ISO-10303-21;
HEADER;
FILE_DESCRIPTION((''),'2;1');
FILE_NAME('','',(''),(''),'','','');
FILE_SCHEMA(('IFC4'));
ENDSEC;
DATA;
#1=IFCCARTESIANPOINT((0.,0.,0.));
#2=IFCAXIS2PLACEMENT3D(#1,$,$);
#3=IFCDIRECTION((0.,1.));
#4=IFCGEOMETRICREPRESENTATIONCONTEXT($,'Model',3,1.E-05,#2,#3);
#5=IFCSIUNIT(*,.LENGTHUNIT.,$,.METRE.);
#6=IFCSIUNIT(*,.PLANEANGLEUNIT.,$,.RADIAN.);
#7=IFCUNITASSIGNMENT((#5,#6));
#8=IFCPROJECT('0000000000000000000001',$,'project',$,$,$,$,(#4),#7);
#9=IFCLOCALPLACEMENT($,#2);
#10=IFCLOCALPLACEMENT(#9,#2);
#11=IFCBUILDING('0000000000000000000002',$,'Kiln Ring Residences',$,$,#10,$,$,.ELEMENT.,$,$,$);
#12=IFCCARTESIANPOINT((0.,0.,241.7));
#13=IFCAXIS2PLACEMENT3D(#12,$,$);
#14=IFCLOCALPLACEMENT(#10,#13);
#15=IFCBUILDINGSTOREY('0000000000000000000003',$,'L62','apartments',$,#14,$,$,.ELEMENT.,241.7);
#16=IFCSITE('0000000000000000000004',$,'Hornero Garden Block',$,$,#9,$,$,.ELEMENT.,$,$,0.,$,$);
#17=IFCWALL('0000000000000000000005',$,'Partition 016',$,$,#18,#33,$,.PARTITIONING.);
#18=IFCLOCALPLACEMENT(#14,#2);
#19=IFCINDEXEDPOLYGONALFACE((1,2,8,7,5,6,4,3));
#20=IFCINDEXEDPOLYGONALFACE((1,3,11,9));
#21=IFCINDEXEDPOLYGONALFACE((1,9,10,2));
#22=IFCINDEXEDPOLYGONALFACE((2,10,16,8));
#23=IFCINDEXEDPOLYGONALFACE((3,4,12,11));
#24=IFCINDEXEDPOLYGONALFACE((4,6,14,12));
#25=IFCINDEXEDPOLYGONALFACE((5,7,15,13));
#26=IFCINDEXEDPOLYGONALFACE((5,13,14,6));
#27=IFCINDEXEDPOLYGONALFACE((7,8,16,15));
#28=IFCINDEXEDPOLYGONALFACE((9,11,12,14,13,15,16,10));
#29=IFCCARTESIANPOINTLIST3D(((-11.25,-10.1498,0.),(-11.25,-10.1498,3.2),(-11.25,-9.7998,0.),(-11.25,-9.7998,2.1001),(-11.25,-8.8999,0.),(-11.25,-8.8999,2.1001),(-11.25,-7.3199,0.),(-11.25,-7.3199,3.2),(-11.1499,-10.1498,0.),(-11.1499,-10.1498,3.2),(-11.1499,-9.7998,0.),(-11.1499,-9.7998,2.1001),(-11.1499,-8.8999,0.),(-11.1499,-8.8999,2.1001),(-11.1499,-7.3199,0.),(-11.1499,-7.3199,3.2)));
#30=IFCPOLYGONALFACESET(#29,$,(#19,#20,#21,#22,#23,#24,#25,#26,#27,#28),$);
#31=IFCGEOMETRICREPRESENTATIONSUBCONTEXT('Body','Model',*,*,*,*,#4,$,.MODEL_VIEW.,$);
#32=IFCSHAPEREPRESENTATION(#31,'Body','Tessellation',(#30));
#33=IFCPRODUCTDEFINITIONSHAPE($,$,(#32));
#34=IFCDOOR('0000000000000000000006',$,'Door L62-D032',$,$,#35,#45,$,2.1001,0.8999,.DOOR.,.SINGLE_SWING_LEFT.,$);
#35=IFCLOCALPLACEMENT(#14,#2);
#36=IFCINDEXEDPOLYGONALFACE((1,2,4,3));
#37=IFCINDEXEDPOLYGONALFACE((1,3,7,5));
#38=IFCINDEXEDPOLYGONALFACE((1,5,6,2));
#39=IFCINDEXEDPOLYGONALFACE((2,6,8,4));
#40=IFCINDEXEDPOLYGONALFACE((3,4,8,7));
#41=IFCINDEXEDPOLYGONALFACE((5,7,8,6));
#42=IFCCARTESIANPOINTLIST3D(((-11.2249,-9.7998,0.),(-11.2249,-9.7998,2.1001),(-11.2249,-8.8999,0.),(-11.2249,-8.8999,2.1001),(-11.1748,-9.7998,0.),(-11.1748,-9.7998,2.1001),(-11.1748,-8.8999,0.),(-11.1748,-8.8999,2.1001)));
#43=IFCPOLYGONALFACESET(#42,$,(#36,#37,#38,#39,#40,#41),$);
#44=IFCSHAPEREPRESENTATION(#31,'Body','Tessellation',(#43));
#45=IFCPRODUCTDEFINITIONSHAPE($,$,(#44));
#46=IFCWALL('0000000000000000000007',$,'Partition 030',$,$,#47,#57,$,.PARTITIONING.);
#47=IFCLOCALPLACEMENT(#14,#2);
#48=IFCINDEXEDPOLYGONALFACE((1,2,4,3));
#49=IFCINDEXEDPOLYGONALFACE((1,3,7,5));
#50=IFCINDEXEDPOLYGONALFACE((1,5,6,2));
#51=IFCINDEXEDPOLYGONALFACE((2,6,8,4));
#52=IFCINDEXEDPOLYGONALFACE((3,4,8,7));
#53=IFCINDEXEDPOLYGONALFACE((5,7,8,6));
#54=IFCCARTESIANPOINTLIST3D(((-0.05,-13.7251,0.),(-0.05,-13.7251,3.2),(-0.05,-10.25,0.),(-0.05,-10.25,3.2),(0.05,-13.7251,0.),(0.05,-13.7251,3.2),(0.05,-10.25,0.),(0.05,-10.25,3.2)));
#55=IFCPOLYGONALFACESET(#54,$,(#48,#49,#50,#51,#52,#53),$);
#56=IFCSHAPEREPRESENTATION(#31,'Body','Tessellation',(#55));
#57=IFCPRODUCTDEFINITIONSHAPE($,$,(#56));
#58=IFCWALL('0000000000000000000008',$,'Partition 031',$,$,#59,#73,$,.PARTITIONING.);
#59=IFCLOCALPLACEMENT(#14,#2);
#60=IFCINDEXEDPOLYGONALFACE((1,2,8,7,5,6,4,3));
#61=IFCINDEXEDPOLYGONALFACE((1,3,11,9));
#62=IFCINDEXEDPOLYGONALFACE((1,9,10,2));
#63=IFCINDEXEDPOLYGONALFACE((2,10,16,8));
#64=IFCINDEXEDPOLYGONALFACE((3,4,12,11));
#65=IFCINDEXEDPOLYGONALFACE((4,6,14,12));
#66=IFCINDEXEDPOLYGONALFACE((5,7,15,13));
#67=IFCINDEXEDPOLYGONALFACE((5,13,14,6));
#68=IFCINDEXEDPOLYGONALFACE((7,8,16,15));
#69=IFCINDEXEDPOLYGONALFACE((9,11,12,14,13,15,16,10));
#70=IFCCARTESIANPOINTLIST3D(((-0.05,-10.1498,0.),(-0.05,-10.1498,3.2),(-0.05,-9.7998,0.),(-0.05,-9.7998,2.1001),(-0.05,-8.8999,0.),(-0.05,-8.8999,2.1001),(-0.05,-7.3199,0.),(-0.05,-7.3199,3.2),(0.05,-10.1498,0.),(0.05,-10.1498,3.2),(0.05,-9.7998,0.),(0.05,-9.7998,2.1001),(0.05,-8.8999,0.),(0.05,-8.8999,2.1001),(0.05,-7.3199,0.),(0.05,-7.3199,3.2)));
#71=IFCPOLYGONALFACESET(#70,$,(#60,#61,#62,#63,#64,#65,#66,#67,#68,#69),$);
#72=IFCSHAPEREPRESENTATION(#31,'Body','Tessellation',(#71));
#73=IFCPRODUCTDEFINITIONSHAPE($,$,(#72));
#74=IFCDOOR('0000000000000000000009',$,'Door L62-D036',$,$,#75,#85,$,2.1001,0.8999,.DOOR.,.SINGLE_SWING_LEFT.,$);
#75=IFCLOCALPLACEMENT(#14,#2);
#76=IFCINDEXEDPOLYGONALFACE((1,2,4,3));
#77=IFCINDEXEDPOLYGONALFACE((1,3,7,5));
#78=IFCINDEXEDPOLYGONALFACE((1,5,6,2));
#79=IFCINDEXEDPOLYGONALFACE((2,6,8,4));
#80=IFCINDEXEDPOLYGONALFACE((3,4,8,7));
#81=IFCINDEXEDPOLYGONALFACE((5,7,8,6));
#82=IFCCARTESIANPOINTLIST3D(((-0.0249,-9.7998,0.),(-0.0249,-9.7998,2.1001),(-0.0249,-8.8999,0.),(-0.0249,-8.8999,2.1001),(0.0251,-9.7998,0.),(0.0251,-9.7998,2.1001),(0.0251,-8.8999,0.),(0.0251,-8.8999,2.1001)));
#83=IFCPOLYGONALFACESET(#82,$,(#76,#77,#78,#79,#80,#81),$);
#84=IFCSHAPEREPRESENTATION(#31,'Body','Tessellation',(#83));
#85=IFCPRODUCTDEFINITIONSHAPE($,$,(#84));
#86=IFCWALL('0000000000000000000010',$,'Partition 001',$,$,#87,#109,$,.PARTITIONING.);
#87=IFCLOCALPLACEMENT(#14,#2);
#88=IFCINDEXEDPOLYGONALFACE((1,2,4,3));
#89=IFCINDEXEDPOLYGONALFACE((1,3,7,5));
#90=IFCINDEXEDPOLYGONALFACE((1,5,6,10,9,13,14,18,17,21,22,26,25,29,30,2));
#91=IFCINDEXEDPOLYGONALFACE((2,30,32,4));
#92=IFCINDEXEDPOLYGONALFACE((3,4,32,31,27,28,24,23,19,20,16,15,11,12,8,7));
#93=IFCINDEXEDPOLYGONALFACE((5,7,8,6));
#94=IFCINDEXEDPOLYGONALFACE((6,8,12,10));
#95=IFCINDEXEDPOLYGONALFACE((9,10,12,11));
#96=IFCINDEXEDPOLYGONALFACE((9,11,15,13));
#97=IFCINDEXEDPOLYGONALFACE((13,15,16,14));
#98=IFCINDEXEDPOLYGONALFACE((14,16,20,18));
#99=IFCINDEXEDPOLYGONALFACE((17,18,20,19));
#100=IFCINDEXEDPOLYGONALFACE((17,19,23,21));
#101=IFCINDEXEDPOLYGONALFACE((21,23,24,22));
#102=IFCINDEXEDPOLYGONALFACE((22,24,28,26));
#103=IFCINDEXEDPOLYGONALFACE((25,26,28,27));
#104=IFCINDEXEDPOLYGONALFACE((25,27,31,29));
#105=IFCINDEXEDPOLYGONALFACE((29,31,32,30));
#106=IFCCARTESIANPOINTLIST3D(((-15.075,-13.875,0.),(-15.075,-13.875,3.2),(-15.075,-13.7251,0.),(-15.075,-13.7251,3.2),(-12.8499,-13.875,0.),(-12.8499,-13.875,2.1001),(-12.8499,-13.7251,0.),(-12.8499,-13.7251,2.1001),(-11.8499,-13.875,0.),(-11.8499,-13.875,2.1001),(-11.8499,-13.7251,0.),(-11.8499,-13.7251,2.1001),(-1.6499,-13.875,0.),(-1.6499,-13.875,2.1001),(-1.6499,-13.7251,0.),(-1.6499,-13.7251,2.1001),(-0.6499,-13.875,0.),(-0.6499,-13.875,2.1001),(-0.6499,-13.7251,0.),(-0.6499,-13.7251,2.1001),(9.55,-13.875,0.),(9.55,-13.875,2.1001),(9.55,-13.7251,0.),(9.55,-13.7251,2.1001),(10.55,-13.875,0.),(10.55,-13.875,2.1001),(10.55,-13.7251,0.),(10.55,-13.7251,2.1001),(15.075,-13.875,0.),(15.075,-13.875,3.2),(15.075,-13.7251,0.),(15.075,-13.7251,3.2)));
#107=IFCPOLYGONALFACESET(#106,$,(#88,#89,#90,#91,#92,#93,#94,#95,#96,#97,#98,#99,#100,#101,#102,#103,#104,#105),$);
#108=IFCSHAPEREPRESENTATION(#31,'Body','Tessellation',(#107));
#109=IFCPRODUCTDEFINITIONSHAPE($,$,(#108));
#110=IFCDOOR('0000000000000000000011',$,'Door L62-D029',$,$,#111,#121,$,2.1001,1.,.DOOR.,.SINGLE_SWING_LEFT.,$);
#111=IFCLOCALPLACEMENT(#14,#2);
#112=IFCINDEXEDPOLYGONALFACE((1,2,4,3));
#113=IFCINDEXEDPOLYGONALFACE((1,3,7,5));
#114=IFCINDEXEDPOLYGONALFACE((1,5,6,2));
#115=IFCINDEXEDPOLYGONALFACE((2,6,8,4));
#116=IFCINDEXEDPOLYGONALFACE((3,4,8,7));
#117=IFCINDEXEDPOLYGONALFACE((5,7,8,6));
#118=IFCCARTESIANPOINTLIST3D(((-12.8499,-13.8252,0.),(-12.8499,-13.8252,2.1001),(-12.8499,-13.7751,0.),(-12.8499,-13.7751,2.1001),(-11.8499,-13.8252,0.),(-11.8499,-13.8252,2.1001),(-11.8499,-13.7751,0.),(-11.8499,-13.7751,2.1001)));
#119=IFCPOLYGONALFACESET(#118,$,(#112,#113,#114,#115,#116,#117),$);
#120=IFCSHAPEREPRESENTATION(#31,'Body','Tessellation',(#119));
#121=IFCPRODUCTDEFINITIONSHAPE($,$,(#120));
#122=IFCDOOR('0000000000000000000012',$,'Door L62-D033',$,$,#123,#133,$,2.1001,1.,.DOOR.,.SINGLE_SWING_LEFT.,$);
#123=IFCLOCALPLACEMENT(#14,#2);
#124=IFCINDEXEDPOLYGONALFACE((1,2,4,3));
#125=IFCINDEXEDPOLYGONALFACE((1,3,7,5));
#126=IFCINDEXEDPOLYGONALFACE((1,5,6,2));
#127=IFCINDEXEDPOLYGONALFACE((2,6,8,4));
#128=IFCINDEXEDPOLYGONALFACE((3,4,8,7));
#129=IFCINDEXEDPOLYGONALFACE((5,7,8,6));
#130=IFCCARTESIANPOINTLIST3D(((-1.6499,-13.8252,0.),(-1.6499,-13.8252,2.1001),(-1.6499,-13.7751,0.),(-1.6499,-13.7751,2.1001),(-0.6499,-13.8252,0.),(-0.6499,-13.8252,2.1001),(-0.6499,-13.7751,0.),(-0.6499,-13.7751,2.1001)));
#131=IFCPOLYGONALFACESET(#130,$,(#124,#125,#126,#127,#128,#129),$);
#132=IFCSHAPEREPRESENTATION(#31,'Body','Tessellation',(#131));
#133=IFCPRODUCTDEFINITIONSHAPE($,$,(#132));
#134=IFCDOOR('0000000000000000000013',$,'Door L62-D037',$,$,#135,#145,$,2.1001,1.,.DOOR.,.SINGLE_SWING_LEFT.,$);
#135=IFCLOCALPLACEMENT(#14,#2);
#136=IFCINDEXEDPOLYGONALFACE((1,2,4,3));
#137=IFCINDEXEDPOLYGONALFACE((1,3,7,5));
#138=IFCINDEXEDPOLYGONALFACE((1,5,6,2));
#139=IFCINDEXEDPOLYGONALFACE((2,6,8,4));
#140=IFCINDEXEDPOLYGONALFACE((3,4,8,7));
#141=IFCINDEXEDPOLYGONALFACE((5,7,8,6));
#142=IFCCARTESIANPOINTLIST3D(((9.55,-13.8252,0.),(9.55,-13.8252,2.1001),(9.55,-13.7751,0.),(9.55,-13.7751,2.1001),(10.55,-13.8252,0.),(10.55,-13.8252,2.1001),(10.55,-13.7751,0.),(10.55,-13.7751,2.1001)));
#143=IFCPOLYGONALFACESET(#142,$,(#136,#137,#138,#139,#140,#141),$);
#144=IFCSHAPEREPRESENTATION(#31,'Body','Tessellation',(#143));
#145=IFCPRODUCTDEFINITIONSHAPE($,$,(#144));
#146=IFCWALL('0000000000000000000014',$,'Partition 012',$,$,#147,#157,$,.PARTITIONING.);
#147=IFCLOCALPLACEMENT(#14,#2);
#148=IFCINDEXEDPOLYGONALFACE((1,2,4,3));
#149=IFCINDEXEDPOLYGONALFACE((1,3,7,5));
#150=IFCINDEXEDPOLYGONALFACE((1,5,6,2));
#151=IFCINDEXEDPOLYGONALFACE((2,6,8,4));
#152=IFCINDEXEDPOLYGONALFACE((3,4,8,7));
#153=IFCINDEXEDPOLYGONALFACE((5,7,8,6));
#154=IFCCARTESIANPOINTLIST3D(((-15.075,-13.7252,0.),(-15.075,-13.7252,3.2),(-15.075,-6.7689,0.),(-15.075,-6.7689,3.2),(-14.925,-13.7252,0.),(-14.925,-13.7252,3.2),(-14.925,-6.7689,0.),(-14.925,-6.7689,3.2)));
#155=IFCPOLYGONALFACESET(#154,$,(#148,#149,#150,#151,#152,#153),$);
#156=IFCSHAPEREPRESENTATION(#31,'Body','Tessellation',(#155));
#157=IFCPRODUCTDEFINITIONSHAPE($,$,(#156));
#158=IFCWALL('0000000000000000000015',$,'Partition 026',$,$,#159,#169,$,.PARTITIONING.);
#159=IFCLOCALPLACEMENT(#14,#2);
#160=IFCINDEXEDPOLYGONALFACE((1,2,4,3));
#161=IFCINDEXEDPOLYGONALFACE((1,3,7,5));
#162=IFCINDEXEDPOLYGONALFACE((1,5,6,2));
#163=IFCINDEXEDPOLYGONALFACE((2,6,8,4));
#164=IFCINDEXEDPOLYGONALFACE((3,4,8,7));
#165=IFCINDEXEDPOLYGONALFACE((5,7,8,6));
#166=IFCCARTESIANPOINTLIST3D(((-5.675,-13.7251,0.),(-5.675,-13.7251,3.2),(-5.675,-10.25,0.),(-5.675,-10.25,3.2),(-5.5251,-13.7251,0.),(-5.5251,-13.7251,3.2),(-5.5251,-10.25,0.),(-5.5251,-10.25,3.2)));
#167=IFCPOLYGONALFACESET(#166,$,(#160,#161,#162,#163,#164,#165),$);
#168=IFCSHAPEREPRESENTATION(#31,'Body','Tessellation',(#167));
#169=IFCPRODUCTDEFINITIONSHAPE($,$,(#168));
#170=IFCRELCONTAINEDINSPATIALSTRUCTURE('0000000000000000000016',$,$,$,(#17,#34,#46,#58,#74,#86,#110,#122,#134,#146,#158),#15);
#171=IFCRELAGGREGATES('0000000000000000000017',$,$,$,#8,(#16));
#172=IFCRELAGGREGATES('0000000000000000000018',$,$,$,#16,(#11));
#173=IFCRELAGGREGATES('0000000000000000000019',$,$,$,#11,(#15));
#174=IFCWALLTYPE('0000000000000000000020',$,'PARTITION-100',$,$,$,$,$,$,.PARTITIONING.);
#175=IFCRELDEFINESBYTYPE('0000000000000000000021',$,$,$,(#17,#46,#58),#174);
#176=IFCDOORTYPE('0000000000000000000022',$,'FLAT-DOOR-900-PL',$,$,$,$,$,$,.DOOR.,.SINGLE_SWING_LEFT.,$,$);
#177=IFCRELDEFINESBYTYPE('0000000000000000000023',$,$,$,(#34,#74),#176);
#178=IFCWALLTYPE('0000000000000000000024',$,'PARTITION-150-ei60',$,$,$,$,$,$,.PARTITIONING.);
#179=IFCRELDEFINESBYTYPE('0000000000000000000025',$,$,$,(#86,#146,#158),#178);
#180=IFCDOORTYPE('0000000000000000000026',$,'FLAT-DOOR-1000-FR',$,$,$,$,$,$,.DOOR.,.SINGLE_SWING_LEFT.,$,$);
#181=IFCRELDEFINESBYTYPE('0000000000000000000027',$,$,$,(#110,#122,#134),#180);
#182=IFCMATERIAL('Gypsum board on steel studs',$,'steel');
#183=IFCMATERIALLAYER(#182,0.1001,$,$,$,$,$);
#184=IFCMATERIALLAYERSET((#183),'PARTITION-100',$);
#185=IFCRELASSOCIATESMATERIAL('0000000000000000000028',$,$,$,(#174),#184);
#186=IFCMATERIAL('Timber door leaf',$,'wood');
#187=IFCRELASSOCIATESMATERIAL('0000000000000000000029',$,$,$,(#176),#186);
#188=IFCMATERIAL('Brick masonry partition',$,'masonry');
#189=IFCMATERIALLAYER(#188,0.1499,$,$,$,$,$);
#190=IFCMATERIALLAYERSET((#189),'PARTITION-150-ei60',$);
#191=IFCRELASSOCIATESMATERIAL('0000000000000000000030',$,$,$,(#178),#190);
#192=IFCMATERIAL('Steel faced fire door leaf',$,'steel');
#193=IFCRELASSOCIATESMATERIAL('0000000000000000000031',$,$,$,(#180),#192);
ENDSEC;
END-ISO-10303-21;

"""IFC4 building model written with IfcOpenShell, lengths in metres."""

from ifc_helpers import new_model, si_unit, direction, frame, frame_2d, origin, place, context, subcontext, project, spatial, rectangle, extrude, material, layer, layer_set, type_object, element, fill, save


model = new_model("IFC4")

# Units and contexts
model_context = context("Model", 3, precision=1e-05, world=origin(), true_north=direction((0.0, 1.0)))
body_context = subcontext(model_context, "Body", "Model", "MODEL_VIEW")
ifc_project = project(units=[si_unit("LENGTHUNIT", "METRE"), si_unit("PLANEANGLEUNIT", "RADIAN")], contexts=[model_context])

# Site, building, storey
site_placement = place(None, origin())
site = spatial("IfcSite", under=ifc_project, at=site_placement, Name="Hornero Garden Block", CompositionType="ELEMENT", RefElevation=0.0)
building_placement = place(site_placement, origin())
building = spatial("IfcBuilding", under=site, at=building_placement, Name="Kiln Ring Residences", CompositionType="ELEMENT")
storey_placement = place(building_placement, frame((0.0, 0.0, 241.7)))
storey = spatial("IfcBuildingStorey", under=building, at=storey_placement, Name="L62", Description="apartments", CompositionType="ELEMENT", Elevation=241.7)

# Shared definitions
ifc_material_1 = material(Name="Gypsum board on steel studs", Category="steel")
ifc_layer_1 = layer(ifc_material_1, 0.1001)
ifc_layer_set_1 = layer_set([ifc_layer_1], Name="PARTITION-100")
wall_type_1 = type_object("IfcWallType", Name="PARTITION-100", PredefinedType="PARTITIONING", material=ifc_layer_set_1)
ifc_material_2 = material(Name="Timber door leaf", Category="wood")
door_type_1 = type_object("IfcDoorType", Name="FLAT-DOOR-900-PL", OperationType="SINGLE_SWING_LEFT", PredefinedType="DOOR", material=ifc_material_2)

# Wall, opening, door
wall_1_placement = place(storey_placement, frame((-11.2, -10.1499, 0.0), z_axis=(0.0, 0.0, 1.0), x_axis=(0.0, 1.0, 0.0)))
wall_1 = element("IfcWall", 1, at=wall_1_placement, inside=storey, type_object=wall_type_1, Name="Partition 016", PredefinedType="PARTITIONING", context=body_context, shape_type="SweptSolid", body=[
    extrude(rectangle(XDim=2.8298, YDim=0.1001, at=frame_2d((1.415, 0.0))), origin(), (0.0, 0.0, 1.0), 3.2),
])
opening_1_placement = place(wall_1_placement, frame((0.3501, 0.0, 0.0)))
opening_1 = element("IfcOpeningElement", 2, at=opening_1_placement, cuts=wall_1, PredefinedType="OPENING", context=body_context, shape_type="SweptSolid", body=[
    extrude(rectangle(XDim=0.8999, YDim=2.1001, at=frame_2d((0.45, 1.05))), frame((0.0, 0.0601, 0.0), z_axis=(0.0, -1.0, 0.0), x_axis=(1.0, 0.0, 0.0)), (0.0, 0.0, 1.0), 0.1201),
])
door_1_placement = place(opening_1_placement, origin())
door_1 = element("IfcDoor", 3, at=door_1_placement, inside=storey, type_object=door_type_1, Name="Door L62-D032", OperationType="SINGLE_SWING_LEFT", OverallHeight=2.1001, OverallWidth=0.8999, PredefinedType="DOOR", context=body_context, shape_type="SweptSolid", body=[
    extrude(rectangle(XDim=0.8999, YDim=2.1001, at=frame_2d((0.45, 1.05))), frame((0.0, 0.0249, 0.0), z_axis=(0.0, -1.0, 0.0), x_axis=(1.0, 0.0, 0.0)), (0.0, 0.0, 1.0), 0.05),
])
fill(opening_1, door_1)

# Wall
wall_2_placement = place(storey_placement, frame((0.0, -13.7251, 0.0), z_axis=(0.0, 0.0, 1.0), x_axis=(0.0, 1.0, 0.0)))
element("IfcWall", 4, at=wall_2_placement, inside=storey, type_object=wall_type_1, Name="Partition 030", PredefinedType="PARTITIONING", context=body_context, shape_type="SweptSolid", body=[
    extrude(rectangle(XDim=3.4751, YDim=0.1001, at=frame_2d((1.7375, 0.0))), origin(), (0.0, 0.0, 1.0), 3.2),
])

# Wall, opening, door
wall_3_placement = place(storey_placement, frame((0.0, -10.1499, 0.0), z_axis=(0.0, 0.0, 1.0), x_axis=(0.0, 1.0, 0.0)))
wall_3 = element("IfcWall", 5, at=wall_3_placement, inside=storey, type_object=wall_type_1, Name="Partition 031", PredefinedType="PARTITIONING", context=body_context, shape_type="SweptSolid", body=[
    extrude(rectangle(XDim=2.8298, YDim=0.1001, at=frame_2d((1.415, 0.0))), origin(), (0.0, 0.0, 1.0), 3.2),
])
opening_2_placement = place(wall_3_placement, frame((0.3501, 0.0, 0.0)))
opening_2 = element("IfcOpeningElement", 6, at=opening_2_placement, cuts=wall_3, PredefinedType="OPENING", context=body_context, shape_type="SweptSolid", body=[
    extrude(rectangle(XDim=0.8999, YDim=2.1001, at=frame_2d((0.45, 1.05))), frame((0.0, 0.0601, 0.0), z_axis=(0.0, -1.0, 0.0), x_axis=(1.0, 0.0, 0.0)), (0.0, 0.0, 1.0), 0.1201),
])
door_2_placement = place(opening_2_placement, origin())
door_2 = element("IfcDoor", 7, at=door_2_placement, inside=storey, type_object=door_type_1, Name="Door L62-D036", OperationType="SINGLE_SWING_LEFT", OverallHeight=2.1001, OverallWidth=0.8999, PredefinedType="DOOR", context=body_context, shape_type="SweptSolid", body=[
    extrude(rectangle(XDim=0.8999, YDim=2.1001, at=frame_2d((0.45, 1.05))), frame((0.0, 0.0249, 0.0), z_axis=(0.0, -1.0, 0.0), x_axis=(1.0, 0.0, 0.0)), (0.0, 0.0, 1.0), 0.05),
])
fill(opening_2, door_2)

# Wall, openings, doors
ifc_material_3 = material(Name="Brick masonry partition", Category="masonry")
ifc_layer_2 = layer(ifc_material_3, 0.1499)
ifc_layer_set_2 = layer_set([ifc_layer_2], Name="PARTITION-150-ei60")
wall_type_2 = type_object("IfcWallType", Name="PARTITION-150-ei60", PredefinedType="PARTITIONING", material=ifc_layer_set_2)
wall_4_placement = place(storey_placement, frame((-15.075, -13.8, 0.0), z_axis=(0.0, 0.0, 1.0), x_axis=(1.0, 0.0, 0.0)))
wall_4 = element("IfcWall", 8, at=wall_4_placement, inside=storey, type_object=wall_type_2, Name="Partition 001", PredefinedType="PARTITIONING", context=body_context, shape_type="SweptSolid", body=[
    extrude(rectangle(XDim=30.1499, YDim=0.1499, at=frame_2d((15.075, 0.0))), origin(), (0.0, 0.0, 1.0), 3.2),
])
opening_3_placement = place(wall_4_placement, frame((2.2251, 0.0, 0.0)))
opening_3 = element("IfcOpeningElement", 9, at=opening_3_placement, cuts=wall_4, PredefinedType="OPENING", context=body_context, shape_type="SweptSolid", body=[
    extrude(rectangle(XDim=1.0, YDim=2.1001, at=frame_2d((0.5, 1.05))), frame((0.0, 0.085, 0.0), z_axis=(0.0, -1.0, 0.0), x_axis=(1.0, 0.0, 0.0)), (0.0, 0.0, 1.0), 0.1699),
])
opening_4_placement = place(wall_4_placement, frame((13.425, 0.0, 0.0)))
opening_4 = element("IfcOpeningElement", 10, at=opening_4_placement, cuts=wall_4, PredefinedType="OPENING", context=body_context, shape_type="SweptSolid", body=[
    extrude(rectangle(XDim=1.0, YDim=2.1001, at=frame_2d((0.5, 1.05))), frame((0.0, 0.085, 0.0), z_axis=(0.0, -1.0, 0.0), x_axis=(1.0, 0.0, 0.0)), (0.0, 0.0, 1.0), 0.1699),
])
opening_5_placement = place(wall_4_placement, frame((24.625, 0.0, 0.0)))
opening_5 = element("IfcOpeningElement", 11, at=opening_5_placement, cuts=wall_4, PredefinedType="OPENING", context=body_context, shape_type="SweptSolid", body=[
    extrude(rectangle(XDim=1.0, YDim=2.1001, at=frame_2d((0.5, 1.05))), frame((0.0, 0.085, 0.0), z_axis=(0.0, -1.0, 0.0), x_axis=(1.0, 0.0, 0.0)), (0.0, 0.0, 1.0), 0.1699),
])
ifc_material_4 = material(Name="Steel faced fire door leaf", Category="steel")
door_type_2 = type_object("IfcDoorType", Name="FLAT-DOOR-1000-FR", OperationType="SINGLE_SWING_LEFT", PredefinedType="DOOR", material=ifc_material_4)
door_3_placement = place(opening_3_placement, origin())
door_3 = element("IfcDoor", 12, at=door_3_placement, inside=storey, type_object=door_type_2, Name="Door L62-D029", OperationType="SINGLE_SWING_LEFT", OverallHeight=2.1001, OverallWidth=1.0, PredefinedType="DOOR", context=body_context, shape_type="SweptSolid", body=[
    extrude(rectangle(XDim=1.0, YDim=2.1001, at=frame_2d((0.5, 1.05))), frame((0.0, 0.0249, 0.0), z_axis=(0.0, -1.0, 0.0), x_axis=(1.0, 0.0, 0.0)), (0.0, 0.0, 1.0), 0.05),
])
fill(opening_3, door_3)
door_4_placement = place(opening_4_placement, origin())
door_4 = element("IfcDoor", 13, at=door_4_placement, inside=storey, type_object=door_type_2, Name="Door L62-D033", OperationType="SINGLE_SWING_LEFT", OverallHeight=2.1001, OverallWidth=1.0, PredefinedType="DOOR", context=body_context, shape_type="SweptSolid", body=[
    extrude(rectangle(XDim=1.0, YDim=2.1001, at=frame_2d((0.5, 1.05))), frame((0.0, 0.0249, 0.0), z_axis=(0.0, -1.0, 0.0), x_axis=(1.0, 0.0, 0.0)), (0.0, 0.0, 1.0), 0.05),
])
fill(opening_4, door_4)
door_5_placement = place(opening_5_placement, origin())
door_5 = element("IfcDoor", 14, at=door_5_placement, inside=storey, type_object=door_type_2, Name="Door L62-D037", OperationType="SINGLE_SWING_LEFT", OverallHeight=2.1001, OverallWidth=1.0, PredefinedType="DOOR", context=body_context, shape_type="SweptSolid", body=[
    extrude(rectangle(XDim=1.0, YDim=2.1001, at=frame_2d((0.5, 1.05))), frame((0.0, 0.0249, 0.0), z_axis=(0.0, -1.0, 0.0), x_axis=(1.0, 0.0, 0.0)), (0.0, 0.0, 1.0), 0.05),
])
fill(opening_5, door_5)

# Walls
wall_5_placement = place(storey_placement, frame((-15.0, -13.7251, 0.0), z_axis=(0.0, 0.0, 1.0), x_axis=(0.0, 1.0, 0.0)))
element("IfcWall", 15, at=wall_5_placement, inside=storey, type_object=wall_type_2, Name="Partition 012", PredefinedType="PARTITIONING", context=body_context, shape_type="SweptSolid", body=[
    extrude(rectangle(XDim=6.9563, YDim=0.1499, at=frame_2d((3.478, 0.0))), origin(), (0.0, 0.0, 1.0), 3.2),
])
wall_6_placement = place(storey_placement, frame((-5.6001, -13.7251, 0.0), z_axis=(0.0, 0.0, 1.0), x_axis=(0.0, 1.0, 0.0)))
element("IfcWall", 16, at=wall_6_placement, inside=storey, type_object=wall_type_2, Name="Partition 026", PredefinedType="PARTITIONING", context=body_context, shape_type="SweptSolid", body=[
    extrude(rectangle(XDim=3.4751, YDim=0.1499, at=frame_2d((1.7375, 0.0))), origin(), (0.0, 0.0, 1.0), 3.2),
])

save(model, "model.ifc")
